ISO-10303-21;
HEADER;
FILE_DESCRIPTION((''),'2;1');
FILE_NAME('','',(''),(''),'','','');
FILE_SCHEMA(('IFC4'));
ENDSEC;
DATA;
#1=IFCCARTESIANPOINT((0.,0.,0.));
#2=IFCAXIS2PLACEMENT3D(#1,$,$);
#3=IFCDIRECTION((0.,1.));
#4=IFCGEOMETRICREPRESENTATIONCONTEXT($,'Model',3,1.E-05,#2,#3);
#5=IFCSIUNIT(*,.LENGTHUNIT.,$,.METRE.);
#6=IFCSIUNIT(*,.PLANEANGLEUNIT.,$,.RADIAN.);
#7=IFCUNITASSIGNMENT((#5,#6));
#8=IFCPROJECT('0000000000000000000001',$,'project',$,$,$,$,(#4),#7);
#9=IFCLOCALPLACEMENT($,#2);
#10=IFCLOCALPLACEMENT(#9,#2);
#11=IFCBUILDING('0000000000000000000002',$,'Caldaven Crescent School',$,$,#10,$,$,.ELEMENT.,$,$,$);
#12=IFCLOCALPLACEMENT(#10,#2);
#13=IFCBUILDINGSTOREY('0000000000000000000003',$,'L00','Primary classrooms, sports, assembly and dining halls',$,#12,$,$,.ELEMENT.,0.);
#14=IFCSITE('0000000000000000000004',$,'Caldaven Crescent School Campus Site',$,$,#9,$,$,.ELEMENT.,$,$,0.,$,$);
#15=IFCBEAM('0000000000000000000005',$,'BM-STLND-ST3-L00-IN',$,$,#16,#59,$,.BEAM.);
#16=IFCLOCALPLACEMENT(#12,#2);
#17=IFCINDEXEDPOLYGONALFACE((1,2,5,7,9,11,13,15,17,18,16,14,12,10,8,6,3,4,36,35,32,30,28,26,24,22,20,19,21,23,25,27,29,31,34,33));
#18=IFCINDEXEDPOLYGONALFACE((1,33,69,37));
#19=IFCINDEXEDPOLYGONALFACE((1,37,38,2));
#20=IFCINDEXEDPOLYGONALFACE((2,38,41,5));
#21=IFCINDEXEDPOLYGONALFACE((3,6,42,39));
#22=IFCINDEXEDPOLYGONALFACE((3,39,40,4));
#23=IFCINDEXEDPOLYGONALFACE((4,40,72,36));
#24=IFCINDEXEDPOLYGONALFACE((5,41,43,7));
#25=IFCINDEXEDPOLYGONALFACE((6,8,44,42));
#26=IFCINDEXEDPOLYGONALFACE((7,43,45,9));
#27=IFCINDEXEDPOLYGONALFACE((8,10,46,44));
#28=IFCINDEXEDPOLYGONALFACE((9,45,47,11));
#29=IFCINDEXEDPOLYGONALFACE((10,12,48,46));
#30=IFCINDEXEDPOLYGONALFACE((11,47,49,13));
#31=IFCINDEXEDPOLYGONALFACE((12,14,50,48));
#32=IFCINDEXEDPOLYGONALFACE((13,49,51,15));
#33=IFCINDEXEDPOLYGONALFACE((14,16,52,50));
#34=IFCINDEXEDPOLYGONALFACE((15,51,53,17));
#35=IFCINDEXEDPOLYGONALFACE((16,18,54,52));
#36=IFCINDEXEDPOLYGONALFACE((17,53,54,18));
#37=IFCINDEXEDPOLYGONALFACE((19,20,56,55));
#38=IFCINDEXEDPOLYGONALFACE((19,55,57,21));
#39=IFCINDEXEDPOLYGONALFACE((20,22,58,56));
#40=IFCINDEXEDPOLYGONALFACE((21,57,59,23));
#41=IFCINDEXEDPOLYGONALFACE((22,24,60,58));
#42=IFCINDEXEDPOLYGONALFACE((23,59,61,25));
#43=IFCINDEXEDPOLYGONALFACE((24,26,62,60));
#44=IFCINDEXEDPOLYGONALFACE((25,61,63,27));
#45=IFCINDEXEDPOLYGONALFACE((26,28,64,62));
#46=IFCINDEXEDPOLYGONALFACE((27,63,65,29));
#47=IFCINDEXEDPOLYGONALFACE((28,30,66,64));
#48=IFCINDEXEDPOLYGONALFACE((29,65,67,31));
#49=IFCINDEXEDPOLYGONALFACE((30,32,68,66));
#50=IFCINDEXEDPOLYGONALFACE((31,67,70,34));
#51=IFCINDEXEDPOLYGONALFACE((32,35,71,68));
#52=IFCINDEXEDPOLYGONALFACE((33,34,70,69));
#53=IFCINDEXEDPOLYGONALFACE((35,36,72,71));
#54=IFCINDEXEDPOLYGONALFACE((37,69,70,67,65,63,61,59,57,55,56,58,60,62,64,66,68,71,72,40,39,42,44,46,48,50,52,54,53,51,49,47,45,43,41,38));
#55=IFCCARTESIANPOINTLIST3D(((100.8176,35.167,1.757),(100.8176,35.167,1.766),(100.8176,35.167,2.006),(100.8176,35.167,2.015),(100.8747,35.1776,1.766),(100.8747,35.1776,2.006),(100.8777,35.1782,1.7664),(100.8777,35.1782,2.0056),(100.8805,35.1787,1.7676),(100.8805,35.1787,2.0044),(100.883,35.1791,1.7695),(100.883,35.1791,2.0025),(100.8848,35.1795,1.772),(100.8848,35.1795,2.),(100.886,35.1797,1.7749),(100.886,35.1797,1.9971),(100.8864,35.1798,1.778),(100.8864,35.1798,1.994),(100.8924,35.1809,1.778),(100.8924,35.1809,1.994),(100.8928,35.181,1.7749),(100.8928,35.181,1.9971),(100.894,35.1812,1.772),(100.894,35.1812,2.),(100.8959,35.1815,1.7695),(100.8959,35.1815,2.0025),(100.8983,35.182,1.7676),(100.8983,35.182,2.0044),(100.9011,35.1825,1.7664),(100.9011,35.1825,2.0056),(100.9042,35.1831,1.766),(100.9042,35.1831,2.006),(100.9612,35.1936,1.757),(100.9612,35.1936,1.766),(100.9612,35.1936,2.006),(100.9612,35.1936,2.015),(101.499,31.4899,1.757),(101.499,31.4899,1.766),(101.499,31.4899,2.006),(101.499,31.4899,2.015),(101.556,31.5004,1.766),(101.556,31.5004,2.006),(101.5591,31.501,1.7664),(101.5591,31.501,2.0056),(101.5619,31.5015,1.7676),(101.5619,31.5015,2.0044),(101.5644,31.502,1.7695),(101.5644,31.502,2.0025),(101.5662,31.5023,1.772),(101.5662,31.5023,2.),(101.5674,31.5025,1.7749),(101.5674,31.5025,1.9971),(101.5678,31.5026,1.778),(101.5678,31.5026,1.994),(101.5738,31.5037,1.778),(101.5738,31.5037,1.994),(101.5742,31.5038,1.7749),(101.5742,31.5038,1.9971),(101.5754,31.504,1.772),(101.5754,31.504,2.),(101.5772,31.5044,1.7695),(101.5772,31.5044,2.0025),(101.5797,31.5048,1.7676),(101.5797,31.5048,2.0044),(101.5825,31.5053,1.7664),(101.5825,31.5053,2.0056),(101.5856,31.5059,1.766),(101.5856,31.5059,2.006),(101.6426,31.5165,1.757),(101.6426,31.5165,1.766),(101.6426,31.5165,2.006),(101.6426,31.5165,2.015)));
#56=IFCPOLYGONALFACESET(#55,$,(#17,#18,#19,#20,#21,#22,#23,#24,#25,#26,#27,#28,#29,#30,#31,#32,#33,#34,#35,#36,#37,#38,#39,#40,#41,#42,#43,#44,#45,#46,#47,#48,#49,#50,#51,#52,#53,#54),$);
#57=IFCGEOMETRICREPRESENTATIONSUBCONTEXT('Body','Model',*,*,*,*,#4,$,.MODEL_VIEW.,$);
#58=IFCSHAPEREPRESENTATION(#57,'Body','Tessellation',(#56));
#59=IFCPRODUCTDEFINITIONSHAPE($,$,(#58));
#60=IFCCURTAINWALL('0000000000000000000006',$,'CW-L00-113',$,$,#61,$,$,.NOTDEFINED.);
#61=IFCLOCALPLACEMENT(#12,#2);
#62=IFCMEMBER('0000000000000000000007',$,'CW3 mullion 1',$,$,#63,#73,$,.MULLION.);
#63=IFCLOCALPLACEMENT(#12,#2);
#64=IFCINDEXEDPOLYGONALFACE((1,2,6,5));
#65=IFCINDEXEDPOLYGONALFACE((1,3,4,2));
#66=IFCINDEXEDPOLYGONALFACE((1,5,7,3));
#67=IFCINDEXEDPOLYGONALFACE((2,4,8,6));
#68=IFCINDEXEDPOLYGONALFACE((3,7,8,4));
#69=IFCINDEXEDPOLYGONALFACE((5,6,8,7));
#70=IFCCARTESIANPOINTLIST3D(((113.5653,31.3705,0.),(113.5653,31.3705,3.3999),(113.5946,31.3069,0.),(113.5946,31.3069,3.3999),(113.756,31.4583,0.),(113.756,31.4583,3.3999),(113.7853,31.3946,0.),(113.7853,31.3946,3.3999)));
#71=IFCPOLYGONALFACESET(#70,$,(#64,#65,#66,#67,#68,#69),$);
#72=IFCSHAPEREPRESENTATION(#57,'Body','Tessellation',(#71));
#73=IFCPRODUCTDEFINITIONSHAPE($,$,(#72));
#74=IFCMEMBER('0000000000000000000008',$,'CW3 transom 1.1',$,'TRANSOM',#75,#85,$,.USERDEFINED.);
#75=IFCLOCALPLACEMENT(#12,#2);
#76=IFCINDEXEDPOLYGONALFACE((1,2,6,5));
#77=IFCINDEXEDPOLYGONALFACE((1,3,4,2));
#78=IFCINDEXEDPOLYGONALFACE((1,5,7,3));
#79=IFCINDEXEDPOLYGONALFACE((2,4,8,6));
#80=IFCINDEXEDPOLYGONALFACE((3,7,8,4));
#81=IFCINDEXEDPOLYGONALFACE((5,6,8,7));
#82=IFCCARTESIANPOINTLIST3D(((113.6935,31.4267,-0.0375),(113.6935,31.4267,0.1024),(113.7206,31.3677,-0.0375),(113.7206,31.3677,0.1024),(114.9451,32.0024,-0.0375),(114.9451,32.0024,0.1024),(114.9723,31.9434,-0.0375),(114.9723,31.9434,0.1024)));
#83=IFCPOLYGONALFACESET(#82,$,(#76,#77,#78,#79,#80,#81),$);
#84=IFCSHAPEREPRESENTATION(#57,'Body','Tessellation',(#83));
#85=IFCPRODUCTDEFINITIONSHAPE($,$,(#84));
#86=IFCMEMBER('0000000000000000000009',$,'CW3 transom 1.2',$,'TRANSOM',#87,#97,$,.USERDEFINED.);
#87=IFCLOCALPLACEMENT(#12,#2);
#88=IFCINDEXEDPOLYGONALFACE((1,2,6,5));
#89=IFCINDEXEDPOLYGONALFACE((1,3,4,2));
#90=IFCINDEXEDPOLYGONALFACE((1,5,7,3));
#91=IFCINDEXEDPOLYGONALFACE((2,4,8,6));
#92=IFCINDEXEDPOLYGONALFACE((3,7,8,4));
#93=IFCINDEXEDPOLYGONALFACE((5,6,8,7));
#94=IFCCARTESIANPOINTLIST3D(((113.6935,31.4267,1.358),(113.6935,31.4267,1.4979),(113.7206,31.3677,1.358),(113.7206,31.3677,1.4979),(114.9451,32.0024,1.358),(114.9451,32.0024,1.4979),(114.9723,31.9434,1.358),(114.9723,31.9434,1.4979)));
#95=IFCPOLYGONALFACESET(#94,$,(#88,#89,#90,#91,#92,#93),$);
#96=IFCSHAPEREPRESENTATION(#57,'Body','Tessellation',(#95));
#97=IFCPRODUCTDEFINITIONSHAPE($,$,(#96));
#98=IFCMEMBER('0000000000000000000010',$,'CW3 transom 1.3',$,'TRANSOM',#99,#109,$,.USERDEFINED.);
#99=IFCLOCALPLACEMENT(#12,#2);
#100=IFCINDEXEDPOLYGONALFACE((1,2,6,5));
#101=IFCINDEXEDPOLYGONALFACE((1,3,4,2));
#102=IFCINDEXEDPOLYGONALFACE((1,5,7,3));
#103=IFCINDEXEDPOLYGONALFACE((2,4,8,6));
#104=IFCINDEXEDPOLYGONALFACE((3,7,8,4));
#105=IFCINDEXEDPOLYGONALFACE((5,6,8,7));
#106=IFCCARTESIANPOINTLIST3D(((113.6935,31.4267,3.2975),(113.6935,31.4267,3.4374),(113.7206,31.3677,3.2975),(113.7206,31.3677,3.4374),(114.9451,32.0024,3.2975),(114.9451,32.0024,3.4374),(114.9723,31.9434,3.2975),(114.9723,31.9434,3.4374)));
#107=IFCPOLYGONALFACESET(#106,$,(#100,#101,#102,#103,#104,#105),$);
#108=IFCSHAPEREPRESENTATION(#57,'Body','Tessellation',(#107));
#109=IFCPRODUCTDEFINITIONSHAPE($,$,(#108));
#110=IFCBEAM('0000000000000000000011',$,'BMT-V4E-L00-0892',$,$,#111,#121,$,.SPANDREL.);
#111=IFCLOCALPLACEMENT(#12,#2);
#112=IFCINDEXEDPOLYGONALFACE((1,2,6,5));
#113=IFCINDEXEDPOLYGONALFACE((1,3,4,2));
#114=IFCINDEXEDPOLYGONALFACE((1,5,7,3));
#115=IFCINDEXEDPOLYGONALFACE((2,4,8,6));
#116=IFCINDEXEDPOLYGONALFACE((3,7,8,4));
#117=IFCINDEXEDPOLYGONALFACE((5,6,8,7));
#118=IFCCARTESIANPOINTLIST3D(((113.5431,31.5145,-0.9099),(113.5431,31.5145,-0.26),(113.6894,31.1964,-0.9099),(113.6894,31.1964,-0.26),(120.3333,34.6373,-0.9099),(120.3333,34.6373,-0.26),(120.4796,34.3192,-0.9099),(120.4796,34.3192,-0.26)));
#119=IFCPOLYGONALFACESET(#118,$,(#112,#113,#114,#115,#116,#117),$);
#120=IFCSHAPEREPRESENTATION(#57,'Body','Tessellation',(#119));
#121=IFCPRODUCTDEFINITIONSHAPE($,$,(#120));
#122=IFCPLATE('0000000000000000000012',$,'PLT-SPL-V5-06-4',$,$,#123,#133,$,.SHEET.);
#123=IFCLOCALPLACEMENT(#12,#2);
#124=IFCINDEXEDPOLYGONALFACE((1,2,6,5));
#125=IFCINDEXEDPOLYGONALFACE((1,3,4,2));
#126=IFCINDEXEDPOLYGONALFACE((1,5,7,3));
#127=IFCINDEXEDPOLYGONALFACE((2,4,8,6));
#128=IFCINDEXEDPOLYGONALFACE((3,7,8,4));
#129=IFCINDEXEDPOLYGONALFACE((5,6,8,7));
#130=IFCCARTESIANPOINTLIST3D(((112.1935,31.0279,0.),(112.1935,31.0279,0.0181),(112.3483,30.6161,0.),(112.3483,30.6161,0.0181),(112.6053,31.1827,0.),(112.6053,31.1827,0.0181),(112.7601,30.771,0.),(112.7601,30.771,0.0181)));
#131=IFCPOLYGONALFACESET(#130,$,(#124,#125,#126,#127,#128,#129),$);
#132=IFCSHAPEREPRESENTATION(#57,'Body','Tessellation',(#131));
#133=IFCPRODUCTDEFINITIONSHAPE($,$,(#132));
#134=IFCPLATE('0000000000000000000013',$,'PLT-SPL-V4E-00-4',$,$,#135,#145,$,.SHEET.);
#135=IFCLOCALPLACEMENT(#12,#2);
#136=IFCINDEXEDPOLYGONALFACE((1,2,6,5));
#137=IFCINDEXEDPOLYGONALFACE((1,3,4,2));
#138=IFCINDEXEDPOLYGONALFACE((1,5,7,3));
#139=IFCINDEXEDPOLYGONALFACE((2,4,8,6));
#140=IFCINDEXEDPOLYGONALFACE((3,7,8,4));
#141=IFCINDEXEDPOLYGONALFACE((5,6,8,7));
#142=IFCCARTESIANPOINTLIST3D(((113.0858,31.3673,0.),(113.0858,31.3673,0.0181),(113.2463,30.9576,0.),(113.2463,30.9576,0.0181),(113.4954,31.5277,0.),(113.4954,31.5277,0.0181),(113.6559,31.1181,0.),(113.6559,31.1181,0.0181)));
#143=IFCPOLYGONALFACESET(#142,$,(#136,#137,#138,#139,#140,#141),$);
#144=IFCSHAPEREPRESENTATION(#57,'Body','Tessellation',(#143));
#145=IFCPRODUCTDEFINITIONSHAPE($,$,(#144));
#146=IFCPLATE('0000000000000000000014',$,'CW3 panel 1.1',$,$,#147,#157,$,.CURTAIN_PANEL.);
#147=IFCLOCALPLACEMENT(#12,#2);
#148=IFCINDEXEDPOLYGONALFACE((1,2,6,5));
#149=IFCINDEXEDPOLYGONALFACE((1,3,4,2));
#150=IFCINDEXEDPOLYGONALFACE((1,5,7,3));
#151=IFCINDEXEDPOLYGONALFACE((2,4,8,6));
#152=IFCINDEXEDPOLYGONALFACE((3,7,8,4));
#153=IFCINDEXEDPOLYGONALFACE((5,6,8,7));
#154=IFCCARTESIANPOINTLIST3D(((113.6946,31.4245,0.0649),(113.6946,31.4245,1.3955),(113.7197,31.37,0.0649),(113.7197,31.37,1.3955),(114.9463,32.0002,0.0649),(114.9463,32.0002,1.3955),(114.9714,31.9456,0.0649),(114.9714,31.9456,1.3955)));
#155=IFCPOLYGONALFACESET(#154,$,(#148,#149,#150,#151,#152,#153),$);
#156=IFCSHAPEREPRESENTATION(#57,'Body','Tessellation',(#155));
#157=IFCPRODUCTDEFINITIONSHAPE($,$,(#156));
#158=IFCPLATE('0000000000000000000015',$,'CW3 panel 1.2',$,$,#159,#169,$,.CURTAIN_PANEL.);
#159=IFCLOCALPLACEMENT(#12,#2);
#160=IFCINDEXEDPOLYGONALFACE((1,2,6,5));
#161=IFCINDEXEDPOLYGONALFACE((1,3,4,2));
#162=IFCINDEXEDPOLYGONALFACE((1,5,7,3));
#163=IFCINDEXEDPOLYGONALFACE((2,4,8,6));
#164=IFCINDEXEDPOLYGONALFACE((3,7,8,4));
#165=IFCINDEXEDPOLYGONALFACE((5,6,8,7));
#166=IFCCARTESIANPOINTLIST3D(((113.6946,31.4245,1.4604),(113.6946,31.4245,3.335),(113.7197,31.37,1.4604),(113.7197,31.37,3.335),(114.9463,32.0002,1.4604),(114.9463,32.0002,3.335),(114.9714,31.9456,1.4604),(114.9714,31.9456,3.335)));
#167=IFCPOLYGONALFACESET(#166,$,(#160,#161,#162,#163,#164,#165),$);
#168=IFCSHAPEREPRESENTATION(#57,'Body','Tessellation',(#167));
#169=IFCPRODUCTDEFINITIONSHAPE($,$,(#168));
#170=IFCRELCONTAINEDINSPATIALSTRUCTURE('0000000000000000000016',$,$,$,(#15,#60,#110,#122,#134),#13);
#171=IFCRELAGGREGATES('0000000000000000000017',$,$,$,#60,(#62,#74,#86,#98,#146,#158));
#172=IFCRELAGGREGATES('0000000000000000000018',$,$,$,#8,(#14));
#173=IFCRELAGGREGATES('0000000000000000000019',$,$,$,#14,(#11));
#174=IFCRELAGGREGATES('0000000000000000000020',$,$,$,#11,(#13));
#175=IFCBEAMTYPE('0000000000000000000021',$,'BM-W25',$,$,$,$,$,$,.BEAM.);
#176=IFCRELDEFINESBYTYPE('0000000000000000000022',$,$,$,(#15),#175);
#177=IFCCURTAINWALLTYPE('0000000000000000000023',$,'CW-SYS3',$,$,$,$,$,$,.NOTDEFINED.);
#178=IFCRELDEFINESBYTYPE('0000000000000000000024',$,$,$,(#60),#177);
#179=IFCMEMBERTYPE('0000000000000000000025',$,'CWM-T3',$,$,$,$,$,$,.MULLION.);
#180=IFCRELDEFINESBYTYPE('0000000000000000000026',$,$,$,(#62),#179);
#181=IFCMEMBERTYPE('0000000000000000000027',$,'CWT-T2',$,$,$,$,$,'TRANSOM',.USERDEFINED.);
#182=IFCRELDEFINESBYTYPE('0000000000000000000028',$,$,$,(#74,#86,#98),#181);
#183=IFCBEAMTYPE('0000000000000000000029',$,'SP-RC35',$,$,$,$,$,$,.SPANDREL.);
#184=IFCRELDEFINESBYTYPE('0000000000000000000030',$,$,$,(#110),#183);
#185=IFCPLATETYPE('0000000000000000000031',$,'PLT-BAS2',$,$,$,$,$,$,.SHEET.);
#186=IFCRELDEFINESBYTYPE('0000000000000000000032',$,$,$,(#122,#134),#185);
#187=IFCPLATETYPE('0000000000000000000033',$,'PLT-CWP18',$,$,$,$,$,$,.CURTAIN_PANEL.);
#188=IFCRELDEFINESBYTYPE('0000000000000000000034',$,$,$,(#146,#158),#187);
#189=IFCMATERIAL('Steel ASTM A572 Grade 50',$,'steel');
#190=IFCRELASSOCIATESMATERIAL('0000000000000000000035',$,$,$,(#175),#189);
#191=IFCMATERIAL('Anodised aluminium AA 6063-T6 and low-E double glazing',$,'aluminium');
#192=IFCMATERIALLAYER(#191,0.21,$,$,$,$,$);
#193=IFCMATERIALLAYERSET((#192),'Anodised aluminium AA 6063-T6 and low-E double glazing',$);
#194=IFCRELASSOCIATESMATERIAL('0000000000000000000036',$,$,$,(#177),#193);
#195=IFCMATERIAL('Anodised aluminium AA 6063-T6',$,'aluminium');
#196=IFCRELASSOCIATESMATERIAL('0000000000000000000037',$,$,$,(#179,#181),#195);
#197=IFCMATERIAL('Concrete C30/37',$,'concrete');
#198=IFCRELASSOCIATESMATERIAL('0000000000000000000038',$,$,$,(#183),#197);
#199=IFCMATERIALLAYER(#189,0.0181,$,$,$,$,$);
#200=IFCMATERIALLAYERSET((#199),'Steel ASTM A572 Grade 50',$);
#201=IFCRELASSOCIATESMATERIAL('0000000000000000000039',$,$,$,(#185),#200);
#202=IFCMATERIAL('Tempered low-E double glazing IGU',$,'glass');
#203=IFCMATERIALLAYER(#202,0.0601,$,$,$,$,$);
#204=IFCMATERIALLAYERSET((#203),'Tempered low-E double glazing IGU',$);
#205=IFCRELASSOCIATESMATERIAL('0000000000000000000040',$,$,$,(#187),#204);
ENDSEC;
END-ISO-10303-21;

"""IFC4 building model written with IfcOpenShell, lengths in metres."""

from ifc_helpers import new_model, si_unit, direction, frame, origin, origin_2d, place, context, subcontext, project, spatial, rectangle, i_section, extrude, material, layer, layer_set, material_profile, profile_set, type_object, element, aggregate, save


model = new_model("IFC4")

# Units and contexts
model_context = context("Model", 3, precision=1e-05, world=origin(), true_north=direction((0.0, 1.0)))
body_context = subcontext(model_context, "Body", "Model", "MODEL_VIEW")
ifc_project = project(units=[si_unit("LENGTHUNIT", "METRE"), si_unit("PLANEANGLEUNIT", "RADIAN")], contexts=[model_context])

# Site, building, storey
site_placement = place(None, origin())
site = spatial("IfcSite", under=ifc_project, at=site_placement, Name="Caldaven Crescent School Campus Site", CompositionType="ELEMENT", RefElevation=0.0)
building_placement = place(site_placement, origin())
building = spatial("IfcBuilding", under=site, at=building_placement, Name="Caldaven Crescent School", CompositionType="ELEMENT")
storey_placement = place(building_placement, origin())
storey = spatial("IfcBuildingStorey", under=building, at=storey_placement, Name="L00", Description="Primary classrooms, sports, assembly and dining halls", CompositionType="ELEMENT", Elevation=0.0)

# Shared definitions
ifc_material_1 = material(Name="Steel ASTM A572 Grade 50", Category="steel")

# Beam
ifc_material_profile_1 = material_profile(ifc_material_1, i_section(OverallWidth=0.146, OverallDepth=0.2581, WebThickness=0.0061, FlangeThickness=0.009, FilletRadius=0.012, at=origin_2d()), Name="W250x33")
ifc_profile_set_1 = profile_set([ifc_material_profile_1], Name="Steel ASTM A572 Grade 50")
beam_type_1 = type_object("IfcBeamType", Name="BM-W25", PredefinedType="BEAM", material=ifc_profile_set_1)
beam_1_placement = place(storey_placement, frame((101.5708, 31.5032, 1.886), z_axis=(-0.182199, 0.983262, 0.0), x_axis=(-0.983262, -0.182199, 0.0)))
element("IfcBeam", 1, at=beam_1_placement, inside=storey, type_object=beam_type_1, Name="BM-STLND-ST3-L00-IN", PredefinedType="BEAM", context=body_context, shape_type="SweptSolid", body=[
    extrude(i_section(OverallWidth=0.146, OverallDepth=0.2581, WebThickness=0.0061, FlangeThickness=0.009, FilletRadius=0.012, at=origin_2d()), origin(), (0.0, 0.0, 1.0), 3.7397),
])

# Curtain wall, members
ifc_material_2 = material(Name="Anodised aluminium AA 6063-T6 and low-E double glazing", Category="aluminium")
ifc_layer_1 = layer(ifc_material_2, 0.21)
ifc_layer_set_1 = layer_set([ifc_layer_1], Name="Anodised aluminium AA 6063-T6 and low-E double glazing")
curtain_wall_type = type_object("IfcCurtainWallType", Name="CW-SYS3", PredefinedType="NOTDEFINED", material=ifc_layer_set_1)
curtain_wall_placement = place(storey_placement, origin())
curtain_wall = element("IfcCurtainWall", 2, at=curtain_wall_placement, inside=storey, type_object=curtain_wall_type, Name="CW-L00-113", PredefinedType="NOTDEFINED")
ifc_material_3 = material(Name="Anodised aluminium AA 6063-T6", Category="aluminium")
ifc_material_profile_2 = material_profile(ifc_material_3, rectangle(XDim=0.0701, YDim=0.21, at=origin_2d()), Name="CWM 70x210")
ifc_profile_set_2 = profile_set([ifc_material_profile_2], Name="Anodised aluminium AA 6063-T6")
member_type_1 = type_object("IfcMemberType", Name="CWM-T3", PredefinedType="MULLION", material=ifc_profile_set_2)
member_1_placement = place(storey_placement, frame((113.6753, 31.3826, 0.0), z_axis=(0.0, 0.0, 1.0), x_axis=(-0.417823, 0.908528, 0.0)))
member_1 = element("IfcMember", 3, at=member_1_placement, type_object=member_type_1, Name="CW3 mullion 1", PredefinedType="MULLION", context=body_context, shape_type="SweptSolid", body=[
    extrude(rectangle(XDim=0.0701, YDim=0.21, at=origin_2d()), origin(), (0.0, 0.0, 1.0), 3.3999),
])
ifc_material_profile_3 = material_profile(ifc_material_3, rectangle(XDim=0.0649, YDim=0.1399, at=origin_2d()), Name="CWT 65x140")
ifc_profile_set_3 = profile_set([ifc_material_profile_3], Name="Anodised aluminium AA 6063-T6")
member_type_2 = type_object("IfcMemberType", Name="CWT-T2", ElementType="TRANSOM", PredefinedType="USERDEFINED", material=ifc_profile_set_3)
member_2_placement = place(storey_placement, frame((113.707, 31.3972, 0.0325), z_axis=(0.908519, 0.417844, 0.0), x_axis=(-0.417844, 0.908519, 0.0)))
member_2 = element("IfcMember", 4, at=member_2_placement, type_object=member_type_2, Name="CW3 transom 1.1", ObjectType="TRANSOM", PredefinedType="USERDEFINED", context=body_context, shape_type="SweptSolid", body=[
    extrude(rectangle(XDim=0.0649, YDim=0.1399, at=origin_2d()), origin(), (0.0, 0.0, 1.0), 1.3777),
])
member_3_placement = place(storey_placement, frame((113.707, 31.3972, 1.428), z_axis=(0.908519, 0.417844, 0.0), x_axis=(-0.417844, 0.908519, 0.0)))
member_3 = element("IfcMember", 5, at=member_3_placement, type_object=member_type_2, Name="CW3 transom 1.2", ObjectType="TRANSOM", PredefinedType="USERDEFINED", context=body_context, shape_type="SweptSolid", body=[
    extrude(rectangle(XDim=0.0649, YDim=0.1399, at=origin_2d()), origin(), (0.0, 0.0, 1.0), 1.3777),
])
member_4_placement = place(storey_placement, frame((113.707, 31.3972, 3.3674), z_axis=(0.908519, 0.417844, 0.0), x_axis=(-0.417844, 0.908519, 0.0)))
member_4 = element("IfcMember", 6, at=member_4_placement, type_object=member_type_2, Name="CW3 transom 1.3", ObjectType="TRANSOM", PredefinedType="USERDEFINED", context=body_context, shape_type="SweptSolid", body=[
    extrude(rectangle(XDim=0.0649, YDim=0.1399, at=origin_2d()), origin(), (0.0, 0.0, 1.0), 1.3777),
])

# Beam
ifc_material_4 = material(Name="Concrete C30/37", Category="concrete")
ifc_material_profile_4 = material_profile(ifc_material_4, rectangle(XDim=0.3501, YDim=0.6499, at=origin_2d()), Name="RC 350x650")
ifc_profile_set_4 = profile_set([ifc_material_profile_4], Name="Concrete C30/37")
beam_type_2 = type_object("IfcBeamType", Name="SP-RC35", PredefinedType="SPANDREL", material=ifc_profile_set_4)
beam_2_placement = place(storey_placement, frame((113.6162, 31.3555, -0.585), z_axis=(0.908527, 0.417825, 0.0), x_axis=(-0.417825, 0.908527, 0.0)))
element("IfcBeam", 7, at=beam_2_placement, inside=storey, type_object=beam_type_2, Name="BMT-V4E-L00-0892", PredefinedType="SPANDREL", context=body_context, shape_type="SweptSolid", body=[
    extrude(rectangle(XDim=0.3501, YDim=0.6499, at=origin_2d()), origin(), (0.0, 0.0, 1.0), 7.4739),
])

# Plates
ifc_layer_2 = layer(ifc_material_1, 0.0181)
ifc_layer_set_2 = layer_set([ifc_layer_2], Name="Steel ASTM A572 Grade 50")
plate_type_1 = type_object("IfcPlateType", Name="PLT-BAS2", PredefinedType="SHEET", material=ifc_layer_set_2)
for number, where, z_axis, x_axis, name in (
    (8, (112.4768, 30.8994, 0.0), (0.0, 0.0, 1.0), (0.352005, -0.935998, 0.0), "PLT-SPL-V5-06-4"),
    (9, (113.3708, 31.2427, 0.0), (0.0, 0.0, 1.0), (0.364714, -0.931119, 0.0), "PLT-SPL-V4E-00-4"),
):
    element("IfcPlate", number, at=place(storey_placement, frame(where, z_axis=z_axis, x_axis=x_axis)), inside=storey, type_object=plate_type_1, Name=name, PredefinedType="SHEET", context=body_context, shape_type="SweptSolid", body=[
        extrude(rectangle(XDim=0.4399, YDim=0.4399, at=origin_2d()), origin(), (0.0, 0.0, 1.0), 0.0181),
    ])

# Plates
ifc_material_5 = material(Name="Tempered low-E double glazing IGU", Category="glass")
ifc_layer_3 = layer(ifc_material_5, 0.0601)
ifc_layer_set_3 = layer_set([ifc_layer_3], Name="Tempered low-E double glazing IGU")
plate_type_2 = type_object("IfcPlateType", Name="PLT-CWP18", PredefinedType="CURTAIN_PANEL", material=ifc_layer_set_3)
plate_1_placement = place(storey_placement, frame((114.333, 31.6851, 0.0649), z_axis=(0.0, 0.0, 1.0), x_axis=(0.908528, 0.417823, 0.0)))
plate_1 = element("IfcPlate", 10, at=plate_1_placement, type_object=plate_type_2, Name="CW3 panel 1.1", PredefinedType="CURTAIN_PANEL", context=body_context, shape_type="SweptSolid", body=[
    extrude(rectangle(XDim=1.3777, YDim=0.0601, at=origin_2d()), origin(), (0.0, 0.0, 1.0), 1.3306),
])
plate_2_placement = place(storey_placement, frame((114.333, 31.6851, 1.4604), z_axis=(0.0, 0.0, 1.0), x_axis=(0.908528, 0.417823, 0.0)))
plate_2 = element("IfcPlate", 11, at=plate_2_placement, type_object=plate_type_2, Name="CW3 panel 1.2", PredefinedType="CURTAIN_PANEL", context=body_context, shape_type="SweptSolid", body=[
    extrude(rectangle(XDim=1.3777, YDim=0.0601, at=origin_2d()), origin(), (0.0, 0.0, 1.0), 1.8745),
])
aggregate(curtain_wall, [member_1, member_2, member_3, member_4, plate_1, plate_2])

save(model, "model.ifc")
